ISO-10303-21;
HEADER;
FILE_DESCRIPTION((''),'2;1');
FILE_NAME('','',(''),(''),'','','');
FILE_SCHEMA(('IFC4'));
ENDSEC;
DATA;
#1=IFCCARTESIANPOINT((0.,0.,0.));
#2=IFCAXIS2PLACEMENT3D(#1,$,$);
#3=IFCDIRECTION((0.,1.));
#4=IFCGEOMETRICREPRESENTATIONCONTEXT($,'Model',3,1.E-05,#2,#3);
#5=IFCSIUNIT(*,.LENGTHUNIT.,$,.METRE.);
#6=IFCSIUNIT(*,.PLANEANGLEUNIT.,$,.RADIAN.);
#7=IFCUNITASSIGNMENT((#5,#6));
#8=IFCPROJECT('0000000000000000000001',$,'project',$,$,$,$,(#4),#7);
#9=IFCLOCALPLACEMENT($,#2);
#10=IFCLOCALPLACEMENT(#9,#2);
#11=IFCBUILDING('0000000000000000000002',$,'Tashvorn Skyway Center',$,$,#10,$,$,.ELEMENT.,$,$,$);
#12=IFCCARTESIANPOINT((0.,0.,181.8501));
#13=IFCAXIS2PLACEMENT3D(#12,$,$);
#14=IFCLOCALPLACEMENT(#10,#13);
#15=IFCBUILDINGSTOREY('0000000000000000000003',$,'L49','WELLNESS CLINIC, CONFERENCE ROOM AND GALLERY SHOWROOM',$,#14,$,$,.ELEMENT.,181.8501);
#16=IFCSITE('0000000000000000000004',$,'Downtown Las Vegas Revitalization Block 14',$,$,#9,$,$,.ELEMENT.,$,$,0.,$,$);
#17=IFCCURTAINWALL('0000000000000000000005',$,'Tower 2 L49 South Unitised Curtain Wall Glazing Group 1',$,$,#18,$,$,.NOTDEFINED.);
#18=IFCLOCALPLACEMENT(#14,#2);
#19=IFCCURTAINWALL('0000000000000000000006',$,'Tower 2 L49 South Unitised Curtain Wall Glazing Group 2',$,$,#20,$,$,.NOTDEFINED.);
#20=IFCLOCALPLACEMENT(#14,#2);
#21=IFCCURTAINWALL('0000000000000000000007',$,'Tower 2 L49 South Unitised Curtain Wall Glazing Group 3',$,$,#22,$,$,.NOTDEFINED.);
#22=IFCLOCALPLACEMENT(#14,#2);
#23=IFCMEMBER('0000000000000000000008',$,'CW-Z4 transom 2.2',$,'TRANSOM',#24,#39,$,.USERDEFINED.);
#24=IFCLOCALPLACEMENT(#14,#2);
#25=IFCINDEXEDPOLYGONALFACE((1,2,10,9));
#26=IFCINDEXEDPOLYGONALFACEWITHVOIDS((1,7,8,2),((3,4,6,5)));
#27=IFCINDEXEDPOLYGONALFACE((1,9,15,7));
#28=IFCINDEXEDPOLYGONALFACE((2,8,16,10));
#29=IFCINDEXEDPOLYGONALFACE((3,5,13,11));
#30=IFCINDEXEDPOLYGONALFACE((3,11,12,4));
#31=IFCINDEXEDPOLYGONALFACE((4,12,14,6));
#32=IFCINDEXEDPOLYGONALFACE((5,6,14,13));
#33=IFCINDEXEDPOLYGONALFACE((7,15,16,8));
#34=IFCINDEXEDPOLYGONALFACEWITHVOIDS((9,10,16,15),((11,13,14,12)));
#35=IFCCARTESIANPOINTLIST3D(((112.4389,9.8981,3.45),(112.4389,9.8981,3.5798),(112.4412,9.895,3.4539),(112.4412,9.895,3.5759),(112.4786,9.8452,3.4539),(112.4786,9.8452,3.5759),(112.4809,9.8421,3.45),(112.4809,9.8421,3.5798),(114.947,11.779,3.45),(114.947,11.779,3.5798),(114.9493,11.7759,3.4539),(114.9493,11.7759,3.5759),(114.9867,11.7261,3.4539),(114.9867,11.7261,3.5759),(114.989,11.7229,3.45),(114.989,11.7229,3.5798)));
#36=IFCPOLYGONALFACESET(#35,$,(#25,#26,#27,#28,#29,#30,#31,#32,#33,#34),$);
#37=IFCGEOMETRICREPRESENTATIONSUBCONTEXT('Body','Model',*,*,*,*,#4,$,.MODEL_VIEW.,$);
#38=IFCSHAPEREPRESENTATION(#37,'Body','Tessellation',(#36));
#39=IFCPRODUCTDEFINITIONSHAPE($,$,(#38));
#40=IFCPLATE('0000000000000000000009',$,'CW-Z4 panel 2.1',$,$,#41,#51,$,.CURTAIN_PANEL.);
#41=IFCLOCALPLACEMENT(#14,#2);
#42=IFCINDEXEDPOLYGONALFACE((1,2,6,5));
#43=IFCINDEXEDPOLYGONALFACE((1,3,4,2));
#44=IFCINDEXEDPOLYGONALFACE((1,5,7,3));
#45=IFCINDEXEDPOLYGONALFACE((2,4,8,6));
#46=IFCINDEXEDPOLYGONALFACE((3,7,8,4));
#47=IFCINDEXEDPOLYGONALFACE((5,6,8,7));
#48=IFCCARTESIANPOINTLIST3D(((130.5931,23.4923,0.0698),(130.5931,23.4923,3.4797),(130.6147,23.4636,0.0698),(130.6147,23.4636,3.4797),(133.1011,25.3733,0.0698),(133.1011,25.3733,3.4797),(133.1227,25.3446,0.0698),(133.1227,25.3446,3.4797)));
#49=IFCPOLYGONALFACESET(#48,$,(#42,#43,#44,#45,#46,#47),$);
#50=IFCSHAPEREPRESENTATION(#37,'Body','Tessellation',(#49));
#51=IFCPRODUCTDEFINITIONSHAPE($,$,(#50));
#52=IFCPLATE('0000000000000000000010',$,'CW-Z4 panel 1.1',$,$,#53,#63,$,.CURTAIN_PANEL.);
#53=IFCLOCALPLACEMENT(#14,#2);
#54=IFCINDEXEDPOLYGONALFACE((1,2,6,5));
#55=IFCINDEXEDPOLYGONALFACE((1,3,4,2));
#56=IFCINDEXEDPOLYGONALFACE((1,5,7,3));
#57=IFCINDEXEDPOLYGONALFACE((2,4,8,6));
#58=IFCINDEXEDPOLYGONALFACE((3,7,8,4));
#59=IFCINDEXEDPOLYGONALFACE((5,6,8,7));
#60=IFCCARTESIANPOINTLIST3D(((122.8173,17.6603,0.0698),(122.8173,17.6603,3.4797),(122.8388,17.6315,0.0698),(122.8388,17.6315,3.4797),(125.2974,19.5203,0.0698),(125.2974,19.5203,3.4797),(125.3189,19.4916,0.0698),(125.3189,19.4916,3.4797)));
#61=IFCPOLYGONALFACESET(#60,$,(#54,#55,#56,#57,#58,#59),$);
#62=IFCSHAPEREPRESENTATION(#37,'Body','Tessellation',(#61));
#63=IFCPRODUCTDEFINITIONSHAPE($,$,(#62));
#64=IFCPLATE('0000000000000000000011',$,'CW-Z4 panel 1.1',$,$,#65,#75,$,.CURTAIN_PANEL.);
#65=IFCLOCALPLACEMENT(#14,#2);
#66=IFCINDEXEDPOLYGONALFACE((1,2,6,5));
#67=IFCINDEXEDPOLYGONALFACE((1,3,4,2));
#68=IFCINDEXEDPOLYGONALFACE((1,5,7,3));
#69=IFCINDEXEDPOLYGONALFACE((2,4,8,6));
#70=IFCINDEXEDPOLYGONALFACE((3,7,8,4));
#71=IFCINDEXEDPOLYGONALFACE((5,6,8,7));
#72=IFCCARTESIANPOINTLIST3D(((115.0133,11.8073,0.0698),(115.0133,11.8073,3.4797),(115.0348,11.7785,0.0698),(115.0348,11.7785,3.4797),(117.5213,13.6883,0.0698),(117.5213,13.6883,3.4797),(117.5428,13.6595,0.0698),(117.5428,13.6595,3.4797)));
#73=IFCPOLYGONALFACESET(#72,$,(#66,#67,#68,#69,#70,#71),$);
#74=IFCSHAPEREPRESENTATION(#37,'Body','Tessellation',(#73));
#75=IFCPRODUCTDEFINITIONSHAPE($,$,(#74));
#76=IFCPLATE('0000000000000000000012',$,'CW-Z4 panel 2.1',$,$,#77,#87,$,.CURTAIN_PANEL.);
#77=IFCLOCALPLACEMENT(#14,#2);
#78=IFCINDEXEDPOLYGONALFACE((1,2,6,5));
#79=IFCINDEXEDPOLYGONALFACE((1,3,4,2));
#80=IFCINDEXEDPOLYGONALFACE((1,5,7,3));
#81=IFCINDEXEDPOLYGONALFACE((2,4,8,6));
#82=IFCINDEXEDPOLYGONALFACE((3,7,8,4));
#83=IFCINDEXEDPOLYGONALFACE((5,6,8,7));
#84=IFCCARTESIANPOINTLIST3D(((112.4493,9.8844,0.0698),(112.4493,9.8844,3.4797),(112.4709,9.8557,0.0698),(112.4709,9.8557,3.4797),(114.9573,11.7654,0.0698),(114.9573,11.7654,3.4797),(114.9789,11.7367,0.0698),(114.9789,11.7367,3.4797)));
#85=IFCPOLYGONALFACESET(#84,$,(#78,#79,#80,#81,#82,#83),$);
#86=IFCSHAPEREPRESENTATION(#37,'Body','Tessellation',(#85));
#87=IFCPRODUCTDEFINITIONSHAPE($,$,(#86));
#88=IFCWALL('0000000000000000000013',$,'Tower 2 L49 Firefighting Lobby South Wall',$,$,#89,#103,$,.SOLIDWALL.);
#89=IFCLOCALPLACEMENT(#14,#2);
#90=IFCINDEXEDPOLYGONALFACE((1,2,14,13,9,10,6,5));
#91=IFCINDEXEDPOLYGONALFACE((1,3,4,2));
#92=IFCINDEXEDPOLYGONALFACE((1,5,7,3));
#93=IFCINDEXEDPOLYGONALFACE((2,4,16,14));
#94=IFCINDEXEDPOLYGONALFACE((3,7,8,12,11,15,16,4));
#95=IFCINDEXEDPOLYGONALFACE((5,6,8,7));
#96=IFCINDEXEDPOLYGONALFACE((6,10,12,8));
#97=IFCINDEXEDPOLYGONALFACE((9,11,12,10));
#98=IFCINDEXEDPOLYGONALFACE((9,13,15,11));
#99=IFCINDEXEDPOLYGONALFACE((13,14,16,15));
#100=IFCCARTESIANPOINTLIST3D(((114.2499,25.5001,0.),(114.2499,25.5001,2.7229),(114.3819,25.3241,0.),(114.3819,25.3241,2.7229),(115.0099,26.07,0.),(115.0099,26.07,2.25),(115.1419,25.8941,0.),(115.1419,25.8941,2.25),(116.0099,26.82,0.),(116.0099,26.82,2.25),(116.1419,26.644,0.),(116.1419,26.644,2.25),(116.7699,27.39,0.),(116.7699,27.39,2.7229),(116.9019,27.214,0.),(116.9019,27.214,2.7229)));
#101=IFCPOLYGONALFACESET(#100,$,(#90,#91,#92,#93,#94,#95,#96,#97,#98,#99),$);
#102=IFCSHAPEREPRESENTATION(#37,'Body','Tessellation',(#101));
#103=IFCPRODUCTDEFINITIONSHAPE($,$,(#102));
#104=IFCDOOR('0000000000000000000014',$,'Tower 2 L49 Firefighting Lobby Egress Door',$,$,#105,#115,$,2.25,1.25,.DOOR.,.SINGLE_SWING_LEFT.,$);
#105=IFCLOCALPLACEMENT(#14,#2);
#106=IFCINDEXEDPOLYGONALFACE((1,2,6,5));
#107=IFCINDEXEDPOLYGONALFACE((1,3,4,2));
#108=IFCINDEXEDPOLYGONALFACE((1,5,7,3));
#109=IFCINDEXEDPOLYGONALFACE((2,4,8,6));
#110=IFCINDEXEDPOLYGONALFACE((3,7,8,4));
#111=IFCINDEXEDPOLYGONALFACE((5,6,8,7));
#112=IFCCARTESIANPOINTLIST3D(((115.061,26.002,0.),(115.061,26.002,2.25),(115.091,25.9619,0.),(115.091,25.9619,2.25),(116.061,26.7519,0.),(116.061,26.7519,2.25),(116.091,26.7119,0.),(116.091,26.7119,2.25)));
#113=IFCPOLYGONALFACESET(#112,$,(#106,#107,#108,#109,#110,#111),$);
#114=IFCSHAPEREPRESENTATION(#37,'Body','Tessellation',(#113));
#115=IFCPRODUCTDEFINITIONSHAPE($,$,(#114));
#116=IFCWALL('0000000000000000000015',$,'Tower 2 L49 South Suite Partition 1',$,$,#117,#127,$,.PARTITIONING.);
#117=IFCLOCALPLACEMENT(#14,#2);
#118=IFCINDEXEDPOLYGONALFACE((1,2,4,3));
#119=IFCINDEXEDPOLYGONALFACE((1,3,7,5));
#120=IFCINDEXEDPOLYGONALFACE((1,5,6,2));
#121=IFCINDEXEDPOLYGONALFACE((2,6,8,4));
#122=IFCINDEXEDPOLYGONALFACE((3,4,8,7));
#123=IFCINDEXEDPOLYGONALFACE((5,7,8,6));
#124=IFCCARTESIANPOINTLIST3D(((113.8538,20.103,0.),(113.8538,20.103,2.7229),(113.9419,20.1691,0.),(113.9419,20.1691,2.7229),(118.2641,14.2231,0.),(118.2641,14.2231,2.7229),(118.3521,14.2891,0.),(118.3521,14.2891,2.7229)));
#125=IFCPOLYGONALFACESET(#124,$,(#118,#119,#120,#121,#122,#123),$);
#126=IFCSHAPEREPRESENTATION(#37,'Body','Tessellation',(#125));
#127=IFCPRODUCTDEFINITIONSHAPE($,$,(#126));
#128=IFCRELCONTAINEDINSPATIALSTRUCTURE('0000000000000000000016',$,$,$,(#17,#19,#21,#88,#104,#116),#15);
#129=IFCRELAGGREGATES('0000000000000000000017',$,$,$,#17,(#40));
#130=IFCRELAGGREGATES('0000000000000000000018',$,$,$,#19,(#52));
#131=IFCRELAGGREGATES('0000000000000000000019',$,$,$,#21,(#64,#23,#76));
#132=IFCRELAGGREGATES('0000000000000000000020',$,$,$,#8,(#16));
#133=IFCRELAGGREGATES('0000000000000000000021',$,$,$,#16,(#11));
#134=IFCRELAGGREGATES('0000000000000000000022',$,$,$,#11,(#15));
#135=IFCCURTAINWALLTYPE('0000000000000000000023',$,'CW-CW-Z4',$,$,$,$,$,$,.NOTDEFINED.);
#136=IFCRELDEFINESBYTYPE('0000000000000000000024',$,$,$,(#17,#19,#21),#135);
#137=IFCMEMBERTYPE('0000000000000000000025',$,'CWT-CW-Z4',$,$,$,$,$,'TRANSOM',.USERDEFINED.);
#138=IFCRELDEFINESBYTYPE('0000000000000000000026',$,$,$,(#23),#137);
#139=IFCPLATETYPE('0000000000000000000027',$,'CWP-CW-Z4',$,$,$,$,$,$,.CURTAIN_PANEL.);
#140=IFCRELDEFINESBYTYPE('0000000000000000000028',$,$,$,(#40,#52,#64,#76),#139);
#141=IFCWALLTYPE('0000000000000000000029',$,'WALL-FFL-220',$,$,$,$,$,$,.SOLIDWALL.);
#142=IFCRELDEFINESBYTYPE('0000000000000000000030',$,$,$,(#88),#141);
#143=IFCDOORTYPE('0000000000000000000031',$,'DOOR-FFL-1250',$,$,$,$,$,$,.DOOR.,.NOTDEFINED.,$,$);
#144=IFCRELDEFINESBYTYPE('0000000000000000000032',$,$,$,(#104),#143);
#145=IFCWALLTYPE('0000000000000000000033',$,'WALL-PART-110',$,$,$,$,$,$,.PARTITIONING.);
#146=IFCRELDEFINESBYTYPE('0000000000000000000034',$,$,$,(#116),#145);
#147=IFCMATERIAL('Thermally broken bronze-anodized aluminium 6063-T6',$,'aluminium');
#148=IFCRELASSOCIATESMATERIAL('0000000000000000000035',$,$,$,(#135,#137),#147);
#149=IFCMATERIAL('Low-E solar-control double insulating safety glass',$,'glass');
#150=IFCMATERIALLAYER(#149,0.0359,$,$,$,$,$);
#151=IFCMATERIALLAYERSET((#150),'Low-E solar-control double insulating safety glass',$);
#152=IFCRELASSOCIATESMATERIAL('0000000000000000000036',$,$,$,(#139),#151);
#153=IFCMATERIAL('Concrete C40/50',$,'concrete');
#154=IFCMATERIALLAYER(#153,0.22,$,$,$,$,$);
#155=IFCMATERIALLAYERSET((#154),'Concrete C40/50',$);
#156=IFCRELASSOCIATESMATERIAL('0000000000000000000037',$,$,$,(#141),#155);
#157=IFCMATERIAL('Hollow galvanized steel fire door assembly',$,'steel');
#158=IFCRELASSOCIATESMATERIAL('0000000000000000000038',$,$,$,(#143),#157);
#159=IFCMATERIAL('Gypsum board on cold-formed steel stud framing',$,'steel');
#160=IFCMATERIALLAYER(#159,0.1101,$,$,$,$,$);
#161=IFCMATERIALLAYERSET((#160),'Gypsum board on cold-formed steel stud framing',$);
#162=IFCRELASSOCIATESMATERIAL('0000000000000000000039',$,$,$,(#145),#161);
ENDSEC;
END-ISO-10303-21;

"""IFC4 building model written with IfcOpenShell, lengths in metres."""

from ifc_helpers import new_model, si_unit, direction, frame, frame_2d, origin, origin_2d, place, context, subcontext, project, spatial, rectangle, hollow_rectangle, extrude, material, layer, layer_set, material_profile, profile_set, type_object, element, fill, aggregate, save


model = new_model("IFC4")

# Units and contexts
model_context = context("Model", 3, precision=1e-05, world=origin(), true_north=direction((0.0, 1.0)))
body_context = subcontext(model_context, "Body", "Model", "MODEL_VIEW")
ifc_project = project(units=[si_unit("LENGTHUNIT", "METRE"), si_unit("PLANEANGLEUNIT", "RADIAN")], contexts=[model_context])

# Site, building, storey
site_placement = place(None, origin())
site = spatial("IfcSite", under=ifc_project, at=site_placement, Name="Downtown Las Vegas Revitalization Block 14", CompositionType="ELEMENT", RefElevation=0.0)
building_placement = place(site_placement, origin())
building = spatial("IfcBuilding", under=site, at=building_placement, Name="Tashvorn Skyway Center", CompositionType="ELEMENT")
storey_placement = place(building_placement, frame((0.0, 0.0, 181.8501)))
storey = spatial("IfcBuildingStorey", under=building, at=storey_placement, Name="L49", Description="WELLNESS CLINIC, CONFERENCE ROOM AND GALLERY SHOWROOM", CompositionType="ELEMENT", Elevation=181.8501)

# Curtain walls
ifc_material_1 = material(Name="Thermally broken bronze-anodized aluminium 6063-T6", Category="aluminium")
curtain_wall_type = type_object("IfcCurtainWallType", Name="CW-CW-Z4", PredefinedType="NOTDEFINED", material=ifc_material_1)
curtain_wall_1_placement = place(storey_placement, origin())
curtain_wall_1 = element("IfcCurtainWall", 1, at=curtain_wall_1_placement, inside=storey, type_object=curtain_wall_type, Name="Tower 2 L49 South Unitised Curtain Wall Glazing Group 1", PredefinedType="NOTDEFINED")
curtain_wall_2_placement = place(storey_placement, origin())
curtain_wall_2 = element("IfcCurtainWall", 2, at=curtain_wall_2_placement, inside=storey, type_object=curtain_wall_type, Name="Tower 2 L49 South Unitised Curtain Wall Glazing Group 2", PredefinedType="NOTDEFINED")
curtain_wall_3_placement = place(storey_placement, origin())
curtain_wall_3 = element("IfcCurtainWall", 3, at=curtain_wall_3_placement, inside=storey, type_object=curtain_wall_type, Name="Tower 2 L49 South Unitised Curtain Wall Glazing Group 3", PredefinedType="NOTDEFINED")

# Member
ifc_material_profile_1 = material_profile(ifc_material_1, hollow_rectangle(XDim=0.0701, YDim=0.1299, WallThickness=0.0039, at=origin_2d()), Name="ALU-TRAN-70x130")
ifc_profile_set_1 = profile_set([ifc_material_profile_1], Name="Thermally broken bronze-anodized aluminium 6063-T6")
member_type_1 = type_object("IfcMemberType", Name="CWT-CW-Z4", ElementType="TRANSOM", PredefinedType="USERDEFINED", material=ifc_profile_set_1)
member_1_placement = place(storey_placement, frame((114.968, 11.751, 3.5149), z_axis=(-0.800028, -0.599963, 0.0), x_axis=(0.599963, -0.800028, 0.0)))
member_1 = element("IfcMember", 4, at=member_1_placement, type_object=member_type_1, Name="CW-Z4 transom 2.2", ObjectType="TRANSOM", PredefinedType="USERDEFINED", context=body_context, shape_type="SweptSolid", body=[
    extrude(hollow_rectangle(XDim=0.0701, YDim=0.1299, WallThickness=0.0039, at=origin_2d()), origin(), (0.0, 0.0, 1.0), 3.135),
])

# Plates
ifc_material_2 = material(Name="Low-E solar-control double insulating safety glass", Category="glass")
ifc_layer_1 = layer(ifc_material_2, 0.0359)
ifc_layer_set_1 = layer_set([ifc_layer_1], Name="Low-E solar-control double insulating safety glass")
plate_type = type_object("IfcPlateType", Name="CWP-CW-Z4", PredefinedType="CURTAIN_PANEL", material=ifc_layer_set_1)
plate_1_placement = place(storey_placement, frame((131.8579, 24.4185, 0.0698), z_axis=(0.0, 0.0, 1.0), x_axis=(-0.8, -0.6, 0.0)))
plate_1 = element("IfcPlate", 5, at=plate_1_placement, type_object=plate_type, Name="CW-Z4 panel 2.1", PredefinedType="CURTAIN_PANEL", context=body_context, shape_type="SweptSolid", body=[
    extrude(rectangle(XDim=3.135, YDim=0.0359, at=origin_2d()), origin(), (0.0, 0.0, 1.0), 3.4099),
])
aggregate(curtain_wall_1, [plate_1])
plate_2_placement = place(storey_placement, frame((124.0681, 18.5759, 0.0698), z_axis=(0.0, 0.0, 1.0), x_axis=(-0.8, -0.6, 0.0)))
plate_2 = element("IfcPlate", 6, at=plate_2_placement, type_object=plate_type, Name="CW-Z4 panel 1.1", PredefinedType="CURTAIN_PANEL", context=body_context, shape_type="SweptSolid", body=[
    extrude(rectangle(XDim=3.1001, YDim=0.0359, at=origin_2d()), origin(), (0.0, 0.0, 1.0), 3.4099),
])
aggregate(curtain_wall_2, [plate_2])
plate_3_placement = place(storey_placement, frame((116.2781, 12.7334, 0.0698), z_axis=(0.0, 0.0, 1.0), x_axis=(-0.8, -0.6, 0.0)))
plate_3 = element("IfcPlate", 7, at=plate_3_placement, type_object=plate_type, Name="CW-Z4 panel 1.1", PredefinedType="CURTAIN_PANEL", context=body_context, shape_type="SweptSolid", body=[
    extrude(rectangle(XDim=3.135, YDim=0.0359, at=origin_2d()), origin(), (0.0, 0.0, 1.0), 3.4099),
])
plate_4_placement = place(storey_placement, frame((113.7141, 10.8105, 0.0698), z_axis=(0.0, 0.0, 1.0), x_axis=(-0.8, -0.6, 0.0)))
plate_4 = element("IfcPlate", 8, at=plate_4_placement, type_object=plate_type, Name="CW-Z4 panel 2.1", PredefinedType="CURTAIN_PANEL", context=body_context, shape_type="SweptSolid", body=[
    extrude(rectangle(XDim=3.135, YDim=0.0359, at=origin_2d()), origin(), (0.0, 0.0, 1.0), 3.4099),
])
aggregate(curtain_wall_3, [plate_3, member_1, plate_4])

# Wall, opening, door
ifc_material_3 = material(Name="Concrete C40/50", Category="concrete")
ifc_layer_2 = layer(ifc_material_3, 0.22)
ifc_layer_set_2 = layer_set([ifc_layer_2], Name="Concrete C40/50")
wall_type_1 = type_object("IfcWallType", Name="WALL-FFL-220", PredefinedType="SOLIDWALL", material=ifc_layer_set_2)
wall_1_placement = place(storey_placement, frame((114.3159, 25.4121, 0.0), z_axis=(0.0, 0.0, 1.0), x_axis=(0.800019, 0.599975, 0.0)))
wall_1 = element("IfcWall", 9, at=wall_1_placement, inside=storey, type_object=wall_type_1, Name="Tower 2 L49 Firefighting Lobby South Wall", PredefinedType="SOLIDWALL", context=body_context, shape_type="SweptSolid", body=[
    extrude(rectangle(XDim=3.1499, YDim=0.22, at=frame_2d((1.575, 0.0))), origin(), (0.0, 0.0, 1.0), 2.7229),
])
opening_1_placement = place(wall_1_placement, frame((0.95, 0.0, 0.0)))
opening_1 = element("IfcOpeningElement", 10, at=opening_1_placement, cuts=wall_1, PredefinedType="OPENING", context=body_context, shape_type="SweptSolid", body=[
    extrude(rectangle(XDim=1.25, YDim=2.25, at=frame_2d((0.625, 1.125))), frame((0.0, 0.1199, 0.0), z_axis=(0.0, -1.0, 0.0), x_axis=(1.0, 0.0, 0.0)), (0.0, 0.0, 1.0), 0.24),
])
ifc_material_4 = material(Name="Hollow galvanized steel fire door assembly", Category="steel")
door_type_1 = type_object("IfcDoorType", Name="DOOR-FFL-1250", OperationType="NOTDEFINED", PredefinedType="DOOR", material=ifc_material_4)
door_1_placement = place(opening_1_placement, origin())
door_1 = element("IfcDoor", 11, at=door_1_placement, inside=storey, type_object=door_type_1, Name="Tower 2 L49 Firefighting Lobby Egress Door", OperationType="SINGLE_SWING_LEFT", OverallHeight=2.25, OverallWidth=1.25, PredefinedType="DOOR", context=body_context, shape_type="SweptSolid", body=[
    extrude(rectangle(XDim=1.25, YDim=2.25, at=frame_2d((0.625, 1.125))), frame((0.0, 0.0249, 0.0), z_axis=(0.0, -1.0, 0.0), x_axis=(1.0, 0.0, 0.0)), (0.0, 0.0, 1.0), 0.05),
])
fill(opening_1, door_1)

# Wall
ifc_material_5 = material(Name="Gypsum board on cold-formed steel stud framing", Category="steel")
ifc_layer_3 = layer(ifc_material_5, 0.1101)
ifc_layer_set_3 = layer_set([ifc_layer_3], Name="Gypsum board on cold-formed steel stud framing")
wall_type_2 = type_object("IfcWallType", Name="WALL-PART-110", PredefinedType="PARTITIONING", material=ifc_layer_set_3)
wall_2_placement = place(storey_placement, frame((118.3081, 14.2561, 0.0), z_axis=(0.0, 0.0, 1.0), x_axis=(-0.600021, 0.799984, 0.0)))
element("IfcWall", 12, at=wall_2_placement, inside=storey, type_object=wall_type_2, Name="Tower 2 L49 South Suite Partition 1", PredefinedType="PARTITIONING", context=body_context, shape_type="SweptSolid", body=[
    extrude(rectangle(XDim=7.3501, YDim=0.1101, at=frame_2d((3.675, 0.0))), origin(), (0.0, 0.0, 1.0), 2.7229),
])

save(model, "model.ifc")
